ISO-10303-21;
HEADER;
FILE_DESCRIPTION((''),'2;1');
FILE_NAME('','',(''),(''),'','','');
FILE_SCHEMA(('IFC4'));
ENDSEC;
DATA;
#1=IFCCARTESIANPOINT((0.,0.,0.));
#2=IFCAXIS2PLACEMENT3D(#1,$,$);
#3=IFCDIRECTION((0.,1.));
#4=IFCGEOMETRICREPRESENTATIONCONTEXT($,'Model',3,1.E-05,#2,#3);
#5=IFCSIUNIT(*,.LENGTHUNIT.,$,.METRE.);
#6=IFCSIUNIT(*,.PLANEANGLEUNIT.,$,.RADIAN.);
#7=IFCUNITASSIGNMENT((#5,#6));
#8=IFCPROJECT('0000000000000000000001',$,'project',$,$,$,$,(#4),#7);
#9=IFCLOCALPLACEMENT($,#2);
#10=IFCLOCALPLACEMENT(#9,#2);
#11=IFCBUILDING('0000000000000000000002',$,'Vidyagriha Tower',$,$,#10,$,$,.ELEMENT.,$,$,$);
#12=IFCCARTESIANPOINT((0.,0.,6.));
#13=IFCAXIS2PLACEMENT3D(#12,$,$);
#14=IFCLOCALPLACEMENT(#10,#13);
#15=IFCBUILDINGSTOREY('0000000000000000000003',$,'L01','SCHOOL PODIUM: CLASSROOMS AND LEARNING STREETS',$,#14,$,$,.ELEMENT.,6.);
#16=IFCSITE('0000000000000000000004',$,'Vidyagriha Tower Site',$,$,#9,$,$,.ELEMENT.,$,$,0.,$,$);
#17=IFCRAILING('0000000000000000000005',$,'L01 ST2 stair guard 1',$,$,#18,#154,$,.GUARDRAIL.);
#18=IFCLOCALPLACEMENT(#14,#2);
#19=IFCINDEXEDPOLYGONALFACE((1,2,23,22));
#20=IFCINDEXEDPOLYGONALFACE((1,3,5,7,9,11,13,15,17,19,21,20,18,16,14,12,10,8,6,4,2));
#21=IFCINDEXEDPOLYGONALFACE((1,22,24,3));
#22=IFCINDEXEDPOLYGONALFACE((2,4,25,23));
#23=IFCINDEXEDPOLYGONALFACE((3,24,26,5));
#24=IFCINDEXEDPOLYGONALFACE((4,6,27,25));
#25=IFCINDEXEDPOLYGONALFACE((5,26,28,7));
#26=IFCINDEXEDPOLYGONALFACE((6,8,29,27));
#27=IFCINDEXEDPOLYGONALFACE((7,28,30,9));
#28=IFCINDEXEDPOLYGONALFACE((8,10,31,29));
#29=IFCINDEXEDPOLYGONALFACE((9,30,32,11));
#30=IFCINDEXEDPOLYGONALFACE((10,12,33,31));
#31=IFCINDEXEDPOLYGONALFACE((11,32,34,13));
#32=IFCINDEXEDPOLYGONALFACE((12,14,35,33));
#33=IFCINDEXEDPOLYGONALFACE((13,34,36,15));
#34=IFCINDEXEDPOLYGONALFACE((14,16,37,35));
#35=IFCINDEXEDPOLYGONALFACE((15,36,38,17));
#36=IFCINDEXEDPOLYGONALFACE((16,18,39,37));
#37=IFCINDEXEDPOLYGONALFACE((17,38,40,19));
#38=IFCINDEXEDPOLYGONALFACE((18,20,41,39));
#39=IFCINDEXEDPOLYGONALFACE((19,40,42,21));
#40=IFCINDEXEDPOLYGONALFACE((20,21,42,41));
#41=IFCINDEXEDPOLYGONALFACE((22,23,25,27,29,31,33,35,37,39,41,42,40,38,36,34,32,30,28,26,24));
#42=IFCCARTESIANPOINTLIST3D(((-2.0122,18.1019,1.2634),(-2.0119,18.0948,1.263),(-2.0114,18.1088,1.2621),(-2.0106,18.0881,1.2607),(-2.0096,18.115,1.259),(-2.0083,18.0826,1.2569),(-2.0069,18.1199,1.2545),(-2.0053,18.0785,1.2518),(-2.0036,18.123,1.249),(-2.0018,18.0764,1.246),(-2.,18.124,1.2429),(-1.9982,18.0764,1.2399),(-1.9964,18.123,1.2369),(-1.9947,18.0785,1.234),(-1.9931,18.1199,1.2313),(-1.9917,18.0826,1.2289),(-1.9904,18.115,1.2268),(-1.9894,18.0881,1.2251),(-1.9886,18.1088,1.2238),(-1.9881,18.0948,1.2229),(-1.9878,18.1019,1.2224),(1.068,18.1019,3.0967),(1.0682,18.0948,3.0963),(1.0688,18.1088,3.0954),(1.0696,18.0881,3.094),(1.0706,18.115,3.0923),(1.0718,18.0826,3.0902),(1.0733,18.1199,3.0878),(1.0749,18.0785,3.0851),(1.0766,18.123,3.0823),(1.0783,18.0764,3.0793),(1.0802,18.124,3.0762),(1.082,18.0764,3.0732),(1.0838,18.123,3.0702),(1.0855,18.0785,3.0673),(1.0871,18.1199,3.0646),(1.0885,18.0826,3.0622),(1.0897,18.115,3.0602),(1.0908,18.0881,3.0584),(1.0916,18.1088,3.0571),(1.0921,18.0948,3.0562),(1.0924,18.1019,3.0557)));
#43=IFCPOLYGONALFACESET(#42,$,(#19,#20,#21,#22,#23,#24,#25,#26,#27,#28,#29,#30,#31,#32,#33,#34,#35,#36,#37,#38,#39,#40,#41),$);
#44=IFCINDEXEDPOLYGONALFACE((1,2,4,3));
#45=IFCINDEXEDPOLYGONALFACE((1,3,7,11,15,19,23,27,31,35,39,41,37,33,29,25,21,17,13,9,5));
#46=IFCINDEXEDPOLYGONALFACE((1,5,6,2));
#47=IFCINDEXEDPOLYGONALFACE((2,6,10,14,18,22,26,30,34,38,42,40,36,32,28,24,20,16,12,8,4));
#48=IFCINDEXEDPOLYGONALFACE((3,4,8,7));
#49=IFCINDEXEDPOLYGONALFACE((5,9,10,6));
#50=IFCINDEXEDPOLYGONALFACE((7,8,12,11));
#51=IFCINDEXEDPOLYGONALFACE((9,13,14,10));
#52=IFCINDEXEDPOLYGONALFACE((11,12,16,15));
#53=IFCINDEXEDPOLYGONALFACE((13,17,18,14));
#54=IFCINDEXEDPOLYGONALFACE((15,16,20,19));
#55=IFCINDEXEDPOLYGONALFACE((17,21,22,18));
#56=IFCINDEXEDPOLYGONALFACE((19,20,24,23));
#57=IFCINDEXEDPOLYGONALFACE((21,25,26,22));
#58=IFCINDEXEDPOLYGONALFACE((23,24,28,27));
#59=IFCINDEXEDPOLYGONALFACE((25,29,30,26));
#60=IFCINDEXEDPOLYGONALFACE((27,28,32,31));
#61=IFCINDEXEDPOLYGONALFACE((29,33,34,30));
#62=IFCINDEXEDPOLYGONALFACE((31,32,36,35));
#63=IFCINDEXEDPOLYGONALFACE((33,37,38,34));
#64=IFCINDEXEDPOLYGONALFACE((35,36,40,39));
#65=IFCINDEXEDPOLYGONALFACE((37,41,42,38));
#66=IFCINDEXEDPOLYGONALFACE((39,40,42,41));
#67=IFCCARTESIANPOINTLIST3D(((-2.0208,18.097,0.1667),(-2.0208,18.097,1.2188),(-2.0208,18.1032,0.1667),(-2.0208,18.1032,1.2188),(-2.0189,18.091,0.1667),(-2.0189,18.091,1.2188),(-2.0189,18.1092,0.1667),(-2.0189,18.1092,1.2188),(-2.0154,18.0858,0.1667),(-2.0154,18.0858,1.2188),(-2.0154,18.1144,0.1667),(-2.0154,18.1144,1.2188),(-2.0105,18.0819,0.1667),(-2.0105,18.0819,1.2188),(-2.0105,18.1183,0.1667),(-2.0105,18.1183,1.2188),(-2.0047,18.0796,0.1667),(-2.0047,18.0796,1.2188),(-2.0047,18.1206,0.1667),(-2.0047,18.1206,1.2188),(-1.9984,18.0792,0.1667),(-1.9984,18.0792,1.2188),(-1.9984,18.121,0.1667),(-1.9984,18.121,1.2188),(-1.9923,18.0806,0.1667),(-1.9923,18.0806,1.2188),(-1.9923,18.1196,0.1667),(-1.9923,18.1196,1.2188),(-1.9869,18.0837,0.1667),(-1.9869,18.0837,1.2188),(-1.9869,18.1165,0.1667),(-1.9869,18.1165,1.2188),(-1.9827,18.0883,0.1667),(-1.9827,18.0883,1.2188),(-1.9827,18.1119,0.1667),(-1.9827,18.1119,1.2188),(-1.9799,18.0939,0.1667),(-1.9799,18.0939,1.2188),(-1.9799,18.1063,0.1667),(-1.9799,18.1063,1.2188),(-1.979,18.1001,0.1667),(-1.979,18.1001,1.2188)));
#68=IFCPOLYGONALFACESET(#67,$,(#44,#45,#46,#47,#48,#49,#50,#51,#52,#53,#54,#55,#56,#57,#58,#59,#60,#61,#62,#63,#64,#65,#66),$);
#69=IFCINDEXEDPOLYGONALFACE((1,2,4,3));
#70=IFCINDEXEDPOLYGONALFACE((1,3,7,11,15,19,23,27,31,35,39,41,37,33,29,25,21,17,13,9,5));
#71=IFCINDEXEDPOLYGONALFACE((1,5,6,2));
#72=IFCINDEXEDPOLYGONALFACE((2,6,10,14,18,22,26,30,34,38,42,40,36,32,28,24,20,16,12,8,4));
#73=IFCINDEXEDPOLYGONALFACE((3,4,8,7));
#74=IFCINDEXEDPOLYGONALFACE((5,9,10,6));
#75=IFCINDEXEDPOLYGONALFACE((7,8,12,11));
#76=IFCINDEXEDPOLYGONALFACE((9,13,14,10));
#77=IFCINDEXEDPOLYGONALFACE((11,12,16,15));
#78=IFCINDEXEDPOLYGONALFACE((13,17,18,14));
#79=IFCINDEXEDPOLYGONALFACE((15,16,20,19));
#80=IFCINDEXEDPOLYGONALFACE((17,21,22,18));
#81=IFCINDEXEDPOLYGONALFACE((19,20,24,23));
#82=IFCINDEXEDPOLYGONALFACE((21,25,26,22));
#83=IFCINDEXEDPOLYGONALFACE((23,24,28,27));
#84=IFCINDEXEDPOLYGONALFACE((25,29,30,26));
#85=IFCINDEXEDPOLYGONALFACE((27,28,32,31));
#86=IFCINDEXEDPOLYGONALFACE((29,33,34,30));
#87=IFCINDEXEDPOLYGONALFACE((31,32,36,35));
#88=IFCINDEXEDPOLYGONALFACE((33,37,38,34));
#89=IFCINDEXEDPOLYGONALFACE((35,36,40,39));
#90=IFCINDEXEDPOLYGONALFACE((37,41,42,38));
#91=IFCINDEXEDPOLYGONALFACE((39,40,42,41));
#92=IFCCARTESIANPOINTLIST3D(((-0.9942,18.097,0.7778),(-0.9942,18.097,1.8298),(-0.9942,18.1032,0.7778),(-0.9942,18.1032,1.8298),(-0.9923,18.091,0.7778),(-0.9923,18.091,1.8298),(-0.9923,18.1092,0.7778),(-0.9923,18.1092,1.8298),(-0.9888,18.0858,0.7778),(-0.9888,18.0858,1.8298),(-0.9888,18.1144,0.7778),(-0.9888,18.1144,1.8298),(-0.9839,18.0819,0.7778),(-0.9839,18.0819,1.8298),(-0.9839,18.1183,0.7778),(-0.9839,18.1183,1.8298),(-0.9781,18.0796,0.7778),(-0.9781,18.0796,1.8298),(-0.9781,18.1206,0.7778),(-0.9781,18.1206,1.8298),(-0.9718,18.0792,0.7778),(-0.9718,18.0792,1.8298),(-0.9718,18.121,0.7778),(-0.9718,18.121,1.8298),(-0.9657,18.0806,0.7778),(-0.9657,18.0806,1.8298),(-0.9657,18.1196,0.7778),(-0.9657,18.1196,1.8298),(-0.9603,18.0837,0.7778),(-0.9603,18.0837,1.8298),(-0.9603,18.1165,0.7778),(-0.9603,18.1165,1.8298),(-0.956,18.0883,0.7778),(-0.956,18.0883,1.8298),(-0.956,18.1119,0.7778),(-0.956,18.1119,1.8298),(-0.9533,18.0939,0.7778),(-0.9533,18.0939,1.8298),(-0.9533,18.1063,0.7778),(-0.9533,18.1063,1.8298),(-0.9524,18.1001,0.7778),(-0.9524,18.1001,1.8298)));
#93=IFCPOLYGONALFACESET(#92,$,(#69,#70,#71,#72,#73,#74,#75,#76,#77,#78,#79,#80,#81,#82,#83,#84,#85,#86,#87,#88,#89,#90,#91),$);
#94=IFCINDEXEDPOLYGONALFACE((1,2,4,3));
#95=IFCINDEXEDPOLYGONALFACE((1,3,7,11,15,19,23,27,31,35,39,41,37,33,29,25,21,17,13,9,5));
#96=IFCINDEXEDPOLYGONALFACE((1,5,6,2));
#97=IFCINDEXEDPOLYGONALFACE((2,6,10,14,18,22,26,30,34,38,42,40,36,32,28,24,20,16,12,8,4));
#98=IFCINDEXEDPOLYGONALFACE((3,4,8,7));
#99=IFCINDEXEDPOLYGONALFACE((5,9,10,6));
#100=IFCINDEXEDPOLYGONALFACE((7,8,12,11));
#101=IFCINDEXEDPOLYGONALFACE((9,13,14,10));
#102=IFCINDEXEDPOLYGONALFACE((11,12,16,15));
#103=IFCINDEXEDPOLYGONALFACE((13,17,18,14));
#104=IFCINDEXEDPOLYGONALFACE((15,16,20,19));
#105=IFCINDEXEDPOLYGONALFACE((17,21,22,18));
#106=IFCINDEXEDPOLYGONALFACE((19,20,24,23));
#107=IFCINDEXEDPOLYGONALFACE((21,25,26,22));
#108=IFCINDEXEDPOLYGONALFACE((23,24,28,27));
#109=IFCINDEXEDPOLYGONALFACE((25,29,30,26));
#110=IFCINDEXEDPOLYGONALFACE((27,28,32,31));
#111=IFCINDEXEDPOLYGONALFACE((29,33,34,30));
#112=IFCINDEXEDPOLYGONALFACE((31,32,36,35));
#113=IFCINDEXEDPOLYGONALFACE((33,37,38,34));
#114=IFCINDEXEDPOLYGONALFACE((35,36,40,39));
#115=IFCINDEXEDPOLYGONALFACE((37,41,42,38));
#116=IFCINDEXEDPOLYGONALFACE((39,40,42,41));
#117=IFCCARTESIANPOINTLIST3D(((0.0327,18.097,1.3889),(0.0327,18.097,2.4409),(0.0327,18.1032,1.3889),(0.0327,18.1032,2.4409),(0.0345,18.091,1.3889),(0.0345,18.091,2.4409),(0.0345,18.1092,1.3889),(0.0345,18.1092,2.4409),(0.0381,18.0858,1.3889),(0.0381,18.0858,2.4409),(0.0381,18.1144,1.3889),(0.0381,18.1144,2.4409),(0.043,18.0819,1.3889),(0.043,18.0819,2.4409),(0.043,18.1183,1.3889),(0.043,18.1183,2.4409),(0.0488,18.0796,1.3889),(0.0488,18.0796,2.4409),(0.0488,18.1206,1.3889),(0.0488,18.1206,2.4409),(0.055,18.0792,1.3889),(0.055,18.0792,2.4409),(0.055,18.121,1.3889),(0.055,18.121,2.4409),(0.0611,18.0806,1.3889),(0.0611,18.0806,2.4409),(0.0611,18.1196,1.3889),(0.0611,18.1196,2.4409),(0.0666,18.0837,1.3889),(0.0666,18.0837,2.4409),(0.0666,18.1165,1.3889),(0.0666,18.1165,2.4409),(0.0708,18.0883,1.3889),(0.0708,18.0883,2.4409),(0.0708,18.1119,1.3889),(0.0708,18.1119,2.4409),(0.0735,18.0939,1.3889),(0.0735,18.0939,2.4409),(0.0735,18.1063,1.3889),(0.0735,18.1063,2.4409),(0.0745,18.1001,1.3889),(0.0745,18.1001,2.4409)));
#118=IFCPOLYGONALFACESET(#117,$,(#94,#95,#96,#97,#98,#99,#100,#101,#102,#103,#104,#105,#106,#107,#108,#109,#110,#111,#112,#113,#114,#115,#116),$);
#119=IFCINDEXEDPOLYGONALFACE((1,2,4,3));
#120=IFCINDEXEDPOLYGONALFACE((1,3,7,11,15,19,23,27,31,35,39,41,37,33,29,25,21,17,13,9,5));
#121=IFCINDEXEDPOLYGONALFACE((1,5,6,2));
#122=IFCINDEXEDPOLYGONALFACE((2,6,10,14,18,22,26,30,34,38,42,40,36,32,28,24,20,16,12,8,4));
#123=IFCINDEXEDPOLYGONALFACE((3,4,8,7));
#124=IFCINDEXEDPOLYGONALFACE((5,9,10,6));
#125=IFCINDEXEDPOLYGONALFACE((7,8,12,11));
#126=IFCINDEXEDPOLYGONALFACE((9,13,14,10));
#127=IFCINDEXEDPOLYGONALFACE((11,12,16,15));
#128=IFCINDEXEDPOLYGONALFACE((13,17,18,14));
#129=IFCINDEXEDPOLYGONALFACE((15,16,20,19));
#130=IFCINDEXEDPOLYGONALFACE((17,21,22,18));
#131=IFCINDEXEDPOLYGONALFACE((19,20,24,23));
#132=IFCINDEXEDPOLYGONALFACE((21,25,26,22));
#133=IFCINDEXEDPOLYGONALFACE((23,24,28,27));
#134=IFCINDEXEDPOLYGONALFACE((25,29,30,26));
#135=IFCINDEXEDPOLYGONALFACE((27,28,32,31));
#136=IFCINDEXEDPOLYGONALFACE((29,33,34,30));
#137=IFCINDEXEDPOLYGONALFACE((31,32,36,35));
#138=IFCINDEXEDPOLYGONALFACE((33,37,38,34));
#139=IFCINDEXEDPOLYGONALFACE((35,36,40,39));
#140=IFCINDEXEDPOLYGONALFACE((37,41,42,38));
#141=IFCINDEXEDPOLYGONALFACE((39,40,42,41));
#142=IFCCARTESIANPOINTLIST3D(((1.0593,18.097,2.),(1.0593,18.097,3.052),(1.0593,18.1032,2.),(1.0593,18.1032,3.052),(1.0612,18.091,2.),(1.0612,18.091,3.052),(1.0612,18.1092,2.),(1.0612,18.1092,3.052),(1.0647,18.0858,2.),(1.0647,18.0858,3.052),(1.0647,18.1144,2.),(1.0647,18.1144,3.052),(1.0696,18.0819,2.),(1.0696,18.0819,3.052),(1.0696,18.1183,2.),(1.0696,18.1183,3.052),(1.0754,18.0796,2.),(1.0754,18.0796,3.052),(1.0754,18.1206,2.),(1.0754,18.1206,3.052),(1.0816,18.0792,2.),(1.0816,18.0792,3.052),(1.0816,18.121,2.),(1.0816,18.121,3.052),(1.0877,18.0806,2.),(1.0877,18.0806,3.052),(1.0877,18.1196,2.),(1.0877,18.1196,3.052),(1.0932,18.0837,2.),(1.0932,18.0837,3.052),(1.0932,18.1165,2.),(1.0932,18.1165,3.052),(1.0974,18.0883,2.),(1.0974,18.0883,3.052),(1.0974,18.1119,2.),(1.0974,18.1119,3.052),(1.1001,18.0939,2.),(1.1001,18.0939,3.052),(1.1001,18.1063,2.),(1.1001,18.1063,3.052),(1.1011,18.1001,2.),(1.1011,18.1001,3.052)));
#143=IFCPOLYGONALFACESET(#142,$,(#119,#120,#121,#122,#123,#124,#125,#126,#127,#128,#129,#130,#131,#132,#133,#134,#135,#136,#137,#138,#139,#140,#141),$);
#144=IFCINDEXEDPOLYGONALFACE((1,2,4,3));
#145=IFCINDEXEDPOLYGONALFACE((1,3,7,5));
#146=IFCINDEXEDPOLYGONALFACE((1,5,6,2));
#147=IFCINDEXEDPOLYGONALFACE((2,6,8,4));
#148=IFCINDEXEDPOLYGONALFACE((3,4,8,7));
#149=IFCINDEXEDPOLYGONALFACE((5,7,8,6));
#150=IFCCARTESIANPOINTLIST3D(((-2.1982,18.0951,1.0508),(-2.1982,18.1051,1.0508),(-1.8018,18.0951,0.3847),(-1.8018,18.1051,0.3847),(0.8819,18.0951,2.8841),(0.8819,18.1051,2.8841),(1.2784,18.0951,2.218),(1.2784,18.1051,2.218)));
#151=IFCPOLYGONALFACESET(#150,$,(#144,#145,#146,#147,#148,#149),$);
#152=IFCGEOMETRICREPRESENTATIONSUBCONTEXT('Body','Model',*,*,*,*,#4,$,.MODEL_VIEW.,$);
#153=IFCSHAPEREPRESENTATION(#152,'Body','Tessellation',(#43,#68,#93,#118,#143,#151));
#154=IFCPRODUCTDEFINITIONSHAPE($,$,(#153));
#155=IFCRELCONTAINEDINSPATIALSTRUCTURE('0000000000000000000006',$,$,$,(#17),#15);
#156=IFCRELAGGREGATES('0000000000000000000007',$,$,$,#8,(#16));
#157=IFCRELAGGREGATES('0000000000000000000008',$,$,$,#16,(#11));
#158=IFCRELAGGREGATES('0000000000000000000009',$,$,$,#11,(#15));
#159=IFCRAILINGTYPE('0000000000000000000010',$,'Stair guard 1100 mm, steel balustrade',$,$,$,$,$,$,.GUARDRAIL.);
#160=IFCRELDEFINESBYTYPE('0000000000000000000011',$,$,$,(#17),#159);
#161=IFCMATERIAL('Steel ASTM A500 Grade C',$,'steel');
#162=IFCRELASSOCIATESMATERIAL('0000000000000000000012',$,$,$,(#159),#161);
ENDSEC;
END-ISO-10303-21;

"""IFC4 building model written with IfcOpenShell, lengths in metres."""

from ifc_helpers import new_model, si_unit, direction, frame, origin, origin_2d, place, context, subcontext, project, spatial, rectangle, circle, extrude, material, type_object, element, save


model = new_model("IFC4")

# Units and contexts
model_context = context("Model", 3, precision=1e-05, world=origin(), true_north=direction((0.0, 1.0)))
body_context = subcontext(model_context, "Body", "Model", "MODEL_VIEW")
ifc_project = project(units=[si_unit("LENGTHUNIT", "METRE"), si_unit("PLANEANGLEUNIT", "RADIAN")], contexts=[model_context])

# Site, building, storey
site_placement = place(None, origin())
site = spatial("IfcSite", under=ifc_project, at=site_placement, Name="Vidyagriha Tower Site", CompositionType="ELEMENT", RefElevation=0.0)
building_placement = place(site_placement, origin())
building = spatial("IfcBuilding", under=site, at=building_placement, Name="Vidyagriha Tower", CompositionType="ELEMENT")
storey_placement = place(building_placement, frame((0.0, 0.0, 6.0)))
storey = spatial("IfcBuildingStorey", under=building, at=storey_placement, Name="L01", Description="SCHOOL PODIUM: CLASSROOMS AND LEARNING STREETS", CompositionType="ELEMENT", Elevation=6.0)

# Railing
ifc_material_1 = material(Name="Steel ASTM A500 Grade C", Category="steel")
railing_type_1 = type_object("IfcRailingType", Name="Stair guard 1100 mm, steel balustrade", PredefinedType="GUARDRAIL", material=ifc_material_1)
railing_1_placement = place(storey_placement, frame((-2.0, 18.1001, 0.1667)))
element("IfcRailing", 1, at=railing_1_placement, inside=storey, type_object=railing_type_1, Name="L01 ST2 stair guard 1", PredefinedType="GUARDRAIL", context=body_context, shape_type="SweptSolid", body=[
    extrude(circle(Radius=0.0239, at=origin_2d()), frame((0.0, 0.0, 1.0762), z_axis=(0.859309, 0.0, 0.511458), x_axis=(0.0, 1.0, 0.0)), (0.0, 0.0, 1.0), 3.5845),
    extrude(circle(Radius=0.021, at=origin_2d()), origin(), (0.0, 0.0, 1.0), 1.052),
    extrude(circle(Radius=0.021, at=origin_2d()), frame((1.0266, 0.0, 0.6111)), (0.0, 0.0, 1.0), 1.052),
    extrude(circle(Radius=0.021, at=origin_2d()), frame((2.0535, 0.0, 1.2222)), (0.0, 0.0, 1.0), 1.052),
    extrude(circle(Radius=0.021, at=origin_2d()), frame((3.0801, 0.0, 1.8333)), (0.0, 0.0, 1.0), 1.052),
    extrude(rectangle(XDim=0.01, YDim=0.7751, at=origin_2d()), frame((0.0, 0.0, 0.551), z_axis=(0.859309, 0.0, 0.511458), x_axis=(0.0, 1.0, 0.0)), (0.0, 0.0, 1.0), 3.5845),
])

save(model, "model.ifc")
